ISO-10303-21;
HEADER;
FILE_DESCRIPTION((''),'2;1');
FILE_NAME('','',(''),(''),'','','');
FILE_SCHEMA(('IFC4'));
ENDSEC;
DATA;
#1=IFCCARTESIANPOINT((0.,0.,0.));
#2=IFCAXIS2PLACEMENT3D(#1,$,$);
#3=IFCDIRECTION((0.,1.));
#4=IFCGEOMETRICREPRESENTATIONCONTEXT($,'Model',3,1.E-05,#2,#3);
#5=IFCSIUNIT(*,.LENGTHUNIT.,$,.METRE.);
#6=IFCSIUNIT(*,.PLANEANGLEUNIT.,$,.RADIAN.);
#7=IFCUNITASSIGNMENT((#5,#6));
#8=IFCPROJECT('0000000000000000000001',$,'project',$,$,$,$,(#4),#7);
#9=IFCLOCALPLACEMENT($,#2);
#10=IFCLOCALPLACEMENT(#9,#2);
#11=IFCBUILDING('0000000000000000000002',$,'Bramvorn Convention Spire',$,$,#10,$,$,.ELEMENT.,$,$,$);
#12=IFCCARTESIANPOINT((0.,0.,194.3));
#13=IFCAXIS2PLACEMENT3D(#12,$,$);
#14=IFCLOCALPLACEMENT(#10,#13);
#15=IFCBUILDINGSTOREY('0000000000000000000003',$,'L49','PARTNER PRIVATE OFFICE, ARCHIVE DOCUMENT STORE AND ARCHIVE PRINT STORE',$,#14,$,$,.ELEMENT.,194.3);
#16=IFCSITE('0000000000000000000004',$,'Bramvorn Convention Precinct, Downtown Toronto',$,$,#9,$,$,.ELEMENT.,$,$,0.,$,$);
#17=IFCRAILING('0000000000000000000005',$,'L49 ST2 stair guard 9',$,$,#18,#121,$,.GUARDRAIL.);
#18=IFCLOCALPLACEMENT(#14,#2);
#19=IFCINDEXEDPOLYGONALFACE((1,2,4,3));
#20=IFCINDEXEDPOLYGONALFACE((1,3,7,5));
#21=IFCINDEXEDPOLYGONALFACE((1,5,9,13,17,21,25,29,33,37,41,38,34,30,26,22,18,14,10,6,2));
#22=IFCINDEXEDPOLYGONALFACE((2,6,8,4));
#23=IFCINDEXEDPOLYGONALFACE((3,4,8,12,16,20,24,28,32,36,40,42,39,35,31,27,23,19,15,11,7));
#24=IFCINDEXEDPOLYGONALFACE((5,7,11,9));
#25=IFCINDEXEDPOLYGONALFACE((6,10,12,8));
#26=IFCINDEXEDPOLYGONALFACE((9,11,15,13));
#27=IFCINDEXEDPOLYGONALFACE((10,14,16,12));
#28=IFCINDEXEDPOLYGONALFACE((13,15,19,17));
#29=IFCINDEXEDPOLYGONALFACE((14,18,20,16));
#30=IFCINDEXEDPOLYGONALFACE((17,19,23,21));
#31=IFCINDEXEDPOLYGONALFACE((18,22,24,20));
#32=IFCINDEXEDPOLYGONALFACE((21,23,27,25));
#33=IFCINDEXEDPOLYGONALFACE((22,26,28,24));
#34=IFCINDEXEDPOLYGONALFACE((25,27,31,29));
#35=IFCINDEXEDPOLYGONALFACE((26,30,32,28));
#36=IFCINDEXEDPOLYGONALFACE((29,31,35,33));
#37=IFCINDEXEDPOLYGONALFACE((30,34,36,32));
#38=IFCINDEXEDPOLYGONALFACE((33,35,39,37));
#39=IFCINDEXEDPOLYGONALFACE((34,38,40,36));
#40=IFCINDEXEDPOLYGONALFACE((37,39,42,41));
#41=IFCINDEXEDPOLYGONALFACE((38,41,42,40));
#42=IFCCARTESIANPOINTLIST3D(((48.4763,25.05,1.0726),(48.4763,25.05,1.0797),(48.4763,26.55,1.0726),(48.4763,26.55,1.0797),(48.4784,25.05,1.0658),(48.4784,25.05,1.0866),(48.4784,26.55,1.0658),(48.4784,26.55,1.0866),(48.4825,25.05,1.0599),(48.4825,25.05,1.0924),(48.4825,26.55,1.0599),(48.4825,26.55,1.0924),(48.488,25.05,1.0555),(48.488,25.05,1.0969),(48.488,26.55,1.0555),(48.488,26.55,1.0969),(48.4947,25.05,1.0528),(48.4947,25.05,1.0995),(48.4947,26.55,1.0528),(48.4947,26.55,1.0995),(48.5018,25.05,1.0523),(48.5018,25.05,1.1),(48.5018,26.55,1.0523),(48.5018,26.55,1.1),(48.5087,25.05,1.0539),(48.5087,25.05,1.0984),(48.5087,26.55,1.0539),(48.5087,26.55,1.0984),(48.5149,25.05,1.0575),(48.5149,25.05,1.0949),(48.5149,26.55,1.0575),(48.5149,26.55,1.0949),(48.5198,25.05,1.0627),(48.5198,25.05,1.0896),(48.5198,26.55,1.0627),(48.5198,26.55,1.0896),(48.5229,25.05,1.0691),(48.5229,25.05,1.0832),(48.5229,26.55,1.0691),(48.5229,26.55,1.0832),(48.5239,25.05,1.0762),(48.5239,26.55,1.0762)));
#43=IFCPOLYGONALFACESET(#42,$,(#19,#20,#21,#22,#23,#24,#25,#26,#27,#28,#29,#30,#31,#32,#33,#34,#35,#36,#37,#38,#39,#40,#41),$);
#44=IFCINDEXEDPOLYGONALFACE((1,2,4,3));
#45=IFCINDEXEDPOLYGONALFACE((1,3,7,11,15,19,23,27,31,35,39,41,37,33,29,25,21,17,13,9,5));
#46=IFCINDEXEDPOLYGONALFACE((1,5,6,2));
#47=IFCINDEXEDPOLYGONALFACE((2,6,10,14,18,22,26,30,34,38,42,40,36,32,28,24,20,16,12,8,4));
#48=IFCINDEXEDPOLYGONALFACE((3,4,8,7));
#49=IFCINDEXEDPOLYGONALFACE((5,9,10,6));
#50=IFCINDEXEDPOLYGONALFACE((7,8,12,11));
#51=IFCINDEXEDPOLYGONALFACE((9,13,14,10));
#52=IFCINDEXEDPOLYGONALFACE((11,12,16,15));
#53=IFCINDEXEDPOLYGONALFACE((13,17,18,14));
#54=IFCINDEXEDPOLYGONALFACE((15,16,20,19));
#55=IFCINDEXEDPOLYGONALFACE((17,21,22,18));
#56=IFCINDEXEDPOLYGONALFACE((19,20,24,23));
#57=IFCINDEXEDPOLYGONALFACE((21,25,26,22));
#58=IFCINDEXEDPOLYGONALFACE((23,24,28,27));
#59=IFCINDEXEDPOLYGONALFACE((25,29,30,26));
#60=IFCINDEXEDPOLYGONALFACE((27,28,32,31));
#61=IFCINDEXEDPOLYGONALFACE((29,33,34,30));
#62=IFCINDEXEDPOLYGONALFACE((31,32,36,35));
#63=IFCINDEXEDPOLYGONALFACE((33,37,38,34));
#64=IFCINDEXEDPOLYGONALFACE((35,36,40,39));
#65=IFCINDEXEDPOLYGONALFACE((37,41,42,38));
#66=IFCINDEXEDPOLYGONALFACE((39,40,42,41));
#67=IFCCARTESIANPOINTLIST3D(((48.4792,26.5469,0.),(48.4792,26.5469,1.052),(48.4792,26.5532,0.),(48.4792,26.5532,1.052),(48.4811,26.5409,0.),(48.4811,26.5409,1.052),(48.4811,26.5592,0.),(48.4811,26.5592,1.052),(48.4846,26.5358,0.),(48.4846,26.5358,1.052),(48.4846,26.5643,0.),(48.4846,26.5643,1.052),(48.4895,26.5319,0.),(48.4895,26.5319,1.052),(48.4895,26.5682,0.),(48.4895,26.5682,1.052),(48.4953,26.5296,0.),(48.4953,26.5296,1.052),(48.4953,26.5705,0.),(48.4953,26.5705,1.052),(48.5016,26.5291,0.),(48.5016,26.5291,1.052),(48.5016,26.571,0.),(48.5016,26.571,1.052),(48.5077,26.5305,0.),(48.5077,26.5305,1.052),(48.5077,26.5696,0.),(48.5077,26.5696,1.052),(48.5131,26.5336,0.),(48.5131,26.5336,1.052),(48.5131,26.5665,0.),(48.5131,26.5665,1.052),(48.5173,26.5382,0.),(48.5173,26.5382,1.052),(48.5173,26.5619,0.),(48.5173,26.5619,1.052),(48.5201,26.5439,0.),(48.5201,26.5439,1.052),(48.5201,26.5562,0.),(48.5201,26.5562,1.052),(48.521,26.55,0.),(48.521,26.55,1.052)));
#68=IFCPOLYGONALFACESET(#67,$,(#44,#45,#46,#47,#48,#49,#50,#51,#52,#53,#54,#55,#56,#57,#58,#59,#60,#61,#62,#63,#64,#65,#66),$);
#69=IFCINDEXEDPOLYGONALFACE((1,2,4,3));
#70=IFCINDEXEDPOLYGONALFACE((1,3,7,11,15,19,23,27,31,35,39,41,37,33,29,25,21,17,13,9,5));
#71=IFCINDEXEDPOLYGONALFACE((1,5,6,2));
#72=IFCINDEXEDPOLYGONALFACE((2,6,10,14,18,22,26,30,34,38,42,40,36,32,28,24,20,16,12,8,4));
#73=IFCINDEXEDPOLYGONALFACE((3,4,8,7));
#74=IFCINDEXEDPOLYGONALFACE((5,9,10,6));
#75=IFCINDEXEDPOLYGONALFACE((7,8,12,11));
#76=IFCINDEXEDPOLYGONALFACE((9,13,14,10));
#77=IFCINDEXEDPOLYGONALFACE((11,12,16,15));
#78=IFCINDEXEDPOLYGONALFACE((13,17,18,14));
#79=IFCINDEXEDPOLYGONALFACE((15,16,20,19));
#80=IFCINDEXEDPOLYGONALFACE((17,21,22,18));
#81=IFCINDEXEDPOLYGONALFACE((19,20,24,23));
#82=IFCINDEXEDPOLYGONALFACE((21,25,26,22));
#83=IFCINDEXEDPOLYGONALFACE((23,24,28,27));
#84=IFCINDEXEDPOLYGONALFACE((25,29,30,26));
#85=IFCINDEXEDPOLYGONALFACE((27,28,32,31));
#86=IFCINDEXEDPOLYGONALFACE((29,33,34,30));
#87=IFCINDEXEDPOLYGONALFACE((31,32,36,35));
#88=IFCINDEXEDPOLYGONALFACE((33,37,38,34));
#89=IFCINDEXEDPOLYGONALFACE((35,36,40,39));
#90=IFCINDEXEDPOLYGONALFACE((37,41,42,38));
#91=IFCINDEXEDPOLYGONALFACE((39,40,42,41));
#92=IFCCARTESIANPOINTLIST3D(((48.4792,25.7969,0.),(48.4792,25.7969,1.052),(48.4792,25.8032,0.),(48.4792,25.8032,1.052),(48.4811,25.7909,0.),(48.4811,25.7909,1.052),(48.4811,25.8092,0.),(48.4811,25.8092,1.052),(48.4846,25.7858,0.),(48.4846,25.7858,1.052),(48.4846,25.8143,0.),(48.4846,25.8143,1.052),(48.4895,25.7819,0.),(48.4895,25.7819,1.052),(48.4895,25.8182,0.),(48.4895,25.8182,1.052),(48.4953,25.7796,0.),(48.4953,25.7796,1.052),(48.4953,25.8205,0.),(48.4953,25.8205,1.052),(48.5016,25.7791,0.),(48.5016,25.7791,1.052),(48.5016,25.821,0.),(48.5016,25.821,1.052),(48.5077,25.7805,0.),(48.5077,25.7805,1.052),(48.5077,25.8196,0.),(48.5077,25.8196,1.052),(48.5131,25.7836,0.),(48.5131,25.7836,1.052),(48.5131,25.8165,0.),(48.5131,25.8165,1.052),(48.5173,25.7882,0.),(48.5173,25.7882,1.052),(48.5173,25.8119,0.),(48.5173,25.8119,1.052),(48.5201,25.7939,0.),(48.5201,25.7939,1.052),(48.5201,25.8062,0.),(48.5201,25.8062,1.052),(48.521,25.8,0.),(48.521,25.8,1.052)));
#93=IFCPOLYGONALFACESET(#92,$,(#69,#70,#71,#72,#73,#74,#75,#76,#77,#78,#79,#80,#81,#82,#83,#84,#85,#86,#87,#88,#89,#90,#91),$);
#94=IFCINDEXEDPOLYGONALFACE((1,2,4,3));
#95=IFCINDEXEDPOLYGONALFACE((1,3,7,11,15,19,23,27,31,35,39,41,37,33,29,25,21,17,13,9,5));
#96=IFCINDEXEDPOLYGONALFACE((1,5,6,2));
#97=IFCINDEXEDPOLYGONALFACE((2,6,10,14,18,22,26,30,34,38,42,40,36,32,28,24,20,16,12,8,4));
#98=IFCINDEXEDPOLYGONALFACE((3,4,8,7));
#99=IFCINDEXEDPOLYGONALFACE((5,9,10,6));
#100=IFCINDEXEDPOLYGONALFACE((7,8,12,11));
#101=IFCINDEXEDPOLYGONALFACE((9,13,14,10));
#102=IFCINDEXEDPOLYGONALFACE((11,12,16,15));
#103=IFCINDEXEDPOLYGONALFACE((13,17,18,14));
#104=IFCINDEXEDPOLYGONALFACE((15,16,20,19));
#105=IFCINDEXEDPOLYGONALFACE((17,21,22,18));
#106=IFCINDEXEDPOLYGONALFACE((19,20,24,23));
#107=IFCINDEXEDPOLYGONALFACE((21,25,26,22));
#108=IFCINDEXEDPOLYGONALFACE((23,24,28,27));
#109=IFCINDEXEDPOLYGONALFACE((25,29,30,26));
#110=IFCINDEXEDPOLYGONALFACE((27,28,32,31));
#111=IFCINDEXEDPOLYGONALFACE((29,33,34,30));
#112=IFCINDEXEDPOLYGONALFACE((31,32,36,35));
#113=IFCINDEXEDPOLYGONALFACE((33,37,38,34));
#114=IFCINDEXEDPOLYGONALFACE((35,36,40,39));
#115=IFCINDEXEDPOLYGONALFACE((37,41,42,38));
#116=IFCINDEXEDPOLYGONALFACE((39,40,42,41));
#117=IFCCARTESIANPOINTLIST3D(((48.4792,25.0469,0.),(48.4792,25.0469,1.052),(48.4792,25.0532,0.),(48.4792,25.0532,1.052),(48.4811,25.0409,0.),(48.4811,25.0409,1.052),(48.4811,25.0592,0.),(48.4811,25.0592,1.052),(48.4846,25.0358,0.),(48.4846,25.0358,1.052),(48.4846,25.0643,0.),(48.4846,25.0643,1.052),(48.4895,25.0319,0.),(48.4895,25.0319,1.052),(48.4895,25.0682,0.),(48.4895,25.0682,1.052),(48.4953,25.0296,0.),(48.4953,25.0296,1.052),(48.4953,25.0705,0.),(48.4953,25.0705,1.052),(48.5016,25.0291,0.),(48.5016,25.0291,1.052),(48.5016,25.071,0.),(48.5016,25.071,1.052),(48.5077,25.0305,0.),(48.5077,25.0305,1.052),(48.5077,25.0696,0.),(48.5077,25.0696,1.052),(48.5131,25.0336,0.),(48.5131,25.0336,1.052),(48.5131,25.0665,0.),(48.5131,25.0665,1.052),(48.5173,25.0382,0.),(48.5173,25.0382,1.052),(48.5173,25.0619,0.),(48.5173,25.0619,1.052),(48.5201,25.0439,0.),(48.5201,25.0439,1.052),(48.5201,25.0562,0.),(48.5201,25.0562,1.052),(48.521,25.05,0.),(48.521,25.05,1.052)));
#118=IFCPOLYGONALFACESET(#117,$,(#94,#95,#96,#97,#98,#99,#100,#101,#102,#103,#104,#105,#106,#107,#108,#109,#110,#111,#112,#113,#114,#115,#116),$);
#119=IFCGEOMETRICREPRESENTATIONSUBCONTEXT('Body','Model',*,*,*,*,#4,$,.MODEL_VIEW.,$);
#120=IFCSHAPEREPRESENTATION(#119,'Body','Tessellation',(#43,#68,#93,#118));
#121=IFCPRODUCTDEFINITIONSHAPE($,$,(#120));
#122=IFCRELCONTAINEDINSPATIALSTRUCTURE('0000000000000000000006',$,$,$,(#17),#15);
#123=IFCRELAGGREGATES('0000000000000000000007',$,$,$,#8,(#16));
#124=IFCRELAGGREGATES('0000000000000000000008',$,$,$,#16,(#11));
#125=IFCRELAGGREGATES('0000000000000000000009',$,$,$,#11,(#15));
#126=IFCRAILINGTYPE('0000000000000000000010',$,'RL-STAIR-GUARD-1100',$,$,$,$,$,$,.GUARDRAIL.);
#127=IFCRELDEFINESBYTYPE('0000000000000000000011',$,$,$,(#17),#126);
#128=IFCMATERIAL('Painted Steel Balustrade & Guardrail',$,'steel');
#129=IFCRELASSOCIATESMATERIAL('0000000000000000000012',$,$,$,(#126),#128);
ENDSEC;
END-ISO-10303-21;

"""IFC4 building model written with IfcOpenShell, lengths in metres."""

from ifc_helpers import new_model, si_unit, direction, frame, origin, origin_2d, place, context, subcontext, project, spatial, circle, extrude, material, type_object, element, save


model = new_model("IFC4")

# Units and contexts
model_context = context("Model", 3, precision=1e-05, world=origin(), true_north=direction((0.0, 1.0)))
body_context = subcontext(model_context, "Body", "Model", "MODEL_VIEW")
ifc_project = project(units=[si_unit("LENGTHUNIT", "METRE"), si_unit("PLANEANGLEUNIT", "RADIAN")], contexts=[model_context])

# Site, building, storey
site_placement = place(None, origin())
site = spatial("IfcSite", under=ifc_project, at=site_placement, Name="Bramvorn Convention Precinct, Downtown Toronto", CompositionType="ELEMENT", RefElevation=0.0)
building_placement = place(site_placement, origin())
building = spatial("IfcBuilding", under=site, at=building_placement, Name="Bramvorn Convention Spire", CompositionType="ELEMENT")
storey_placement = place(building_placement, frame((0.0, 0.0, 194.3)))
storey = spatial("IfcBuildingStorey", under=building, at=storey_placement, Name="L49", Description="PARTNER PRIVATE OFFICE, ARCHIVE DOCUMENT STORE AND ARCHIVE PRINT STORE", CompositionType="ELEMENT", Elevation=194.3)

# Railing
ifc_material_1 = material(Name="Painted Steel Balustrade & Guardrail", Category="steel")
railing_type_1 = type_object("IfcRailingType", Name="RL-STAIR-GUARD-1100", PredefinedType="GUARDRAIL", material=ifc_material_1)
for number, where, name in (
    (1, (48.5, 26.55, 0.0), "L49 ST2 stair guard 9"),
):
    element("IfcRailing", number, at=place(storey_placement, frame(where)), inside=storey, type_object=railing_type_1, Name=name, PredefinedType="GUARDRAIL", context=body_context, shape_type="SweptSolid", body=[
        extrude(circle(Radius=0.0239, at=origin_2d()), frame((0.0, 0.0, 1.0762), z_axis=(0.0, -1.0, 0.0), x_axis=(1.0, 0.0, 0.0)), (0.0, 0.0, 1.0), 1.5),
        extrude(circle(Radius=0.021, at=origin_2d()), origin(), (0.0, 0.0, 1.0), 1.052),
        extrude(circle(Radius=0.021, at=origin_2d()), frame((0.0, -0.75, 0.0)), (0.0, 0.0, 1.0), 1.052),
        extrude(circle(Radius=0.021, at=origin_2d()), frame((0.0, -1.5, 0.0)), (0.0, 0.0, 1.0), 1.052),
    ])

save(model, "model.ifc")
